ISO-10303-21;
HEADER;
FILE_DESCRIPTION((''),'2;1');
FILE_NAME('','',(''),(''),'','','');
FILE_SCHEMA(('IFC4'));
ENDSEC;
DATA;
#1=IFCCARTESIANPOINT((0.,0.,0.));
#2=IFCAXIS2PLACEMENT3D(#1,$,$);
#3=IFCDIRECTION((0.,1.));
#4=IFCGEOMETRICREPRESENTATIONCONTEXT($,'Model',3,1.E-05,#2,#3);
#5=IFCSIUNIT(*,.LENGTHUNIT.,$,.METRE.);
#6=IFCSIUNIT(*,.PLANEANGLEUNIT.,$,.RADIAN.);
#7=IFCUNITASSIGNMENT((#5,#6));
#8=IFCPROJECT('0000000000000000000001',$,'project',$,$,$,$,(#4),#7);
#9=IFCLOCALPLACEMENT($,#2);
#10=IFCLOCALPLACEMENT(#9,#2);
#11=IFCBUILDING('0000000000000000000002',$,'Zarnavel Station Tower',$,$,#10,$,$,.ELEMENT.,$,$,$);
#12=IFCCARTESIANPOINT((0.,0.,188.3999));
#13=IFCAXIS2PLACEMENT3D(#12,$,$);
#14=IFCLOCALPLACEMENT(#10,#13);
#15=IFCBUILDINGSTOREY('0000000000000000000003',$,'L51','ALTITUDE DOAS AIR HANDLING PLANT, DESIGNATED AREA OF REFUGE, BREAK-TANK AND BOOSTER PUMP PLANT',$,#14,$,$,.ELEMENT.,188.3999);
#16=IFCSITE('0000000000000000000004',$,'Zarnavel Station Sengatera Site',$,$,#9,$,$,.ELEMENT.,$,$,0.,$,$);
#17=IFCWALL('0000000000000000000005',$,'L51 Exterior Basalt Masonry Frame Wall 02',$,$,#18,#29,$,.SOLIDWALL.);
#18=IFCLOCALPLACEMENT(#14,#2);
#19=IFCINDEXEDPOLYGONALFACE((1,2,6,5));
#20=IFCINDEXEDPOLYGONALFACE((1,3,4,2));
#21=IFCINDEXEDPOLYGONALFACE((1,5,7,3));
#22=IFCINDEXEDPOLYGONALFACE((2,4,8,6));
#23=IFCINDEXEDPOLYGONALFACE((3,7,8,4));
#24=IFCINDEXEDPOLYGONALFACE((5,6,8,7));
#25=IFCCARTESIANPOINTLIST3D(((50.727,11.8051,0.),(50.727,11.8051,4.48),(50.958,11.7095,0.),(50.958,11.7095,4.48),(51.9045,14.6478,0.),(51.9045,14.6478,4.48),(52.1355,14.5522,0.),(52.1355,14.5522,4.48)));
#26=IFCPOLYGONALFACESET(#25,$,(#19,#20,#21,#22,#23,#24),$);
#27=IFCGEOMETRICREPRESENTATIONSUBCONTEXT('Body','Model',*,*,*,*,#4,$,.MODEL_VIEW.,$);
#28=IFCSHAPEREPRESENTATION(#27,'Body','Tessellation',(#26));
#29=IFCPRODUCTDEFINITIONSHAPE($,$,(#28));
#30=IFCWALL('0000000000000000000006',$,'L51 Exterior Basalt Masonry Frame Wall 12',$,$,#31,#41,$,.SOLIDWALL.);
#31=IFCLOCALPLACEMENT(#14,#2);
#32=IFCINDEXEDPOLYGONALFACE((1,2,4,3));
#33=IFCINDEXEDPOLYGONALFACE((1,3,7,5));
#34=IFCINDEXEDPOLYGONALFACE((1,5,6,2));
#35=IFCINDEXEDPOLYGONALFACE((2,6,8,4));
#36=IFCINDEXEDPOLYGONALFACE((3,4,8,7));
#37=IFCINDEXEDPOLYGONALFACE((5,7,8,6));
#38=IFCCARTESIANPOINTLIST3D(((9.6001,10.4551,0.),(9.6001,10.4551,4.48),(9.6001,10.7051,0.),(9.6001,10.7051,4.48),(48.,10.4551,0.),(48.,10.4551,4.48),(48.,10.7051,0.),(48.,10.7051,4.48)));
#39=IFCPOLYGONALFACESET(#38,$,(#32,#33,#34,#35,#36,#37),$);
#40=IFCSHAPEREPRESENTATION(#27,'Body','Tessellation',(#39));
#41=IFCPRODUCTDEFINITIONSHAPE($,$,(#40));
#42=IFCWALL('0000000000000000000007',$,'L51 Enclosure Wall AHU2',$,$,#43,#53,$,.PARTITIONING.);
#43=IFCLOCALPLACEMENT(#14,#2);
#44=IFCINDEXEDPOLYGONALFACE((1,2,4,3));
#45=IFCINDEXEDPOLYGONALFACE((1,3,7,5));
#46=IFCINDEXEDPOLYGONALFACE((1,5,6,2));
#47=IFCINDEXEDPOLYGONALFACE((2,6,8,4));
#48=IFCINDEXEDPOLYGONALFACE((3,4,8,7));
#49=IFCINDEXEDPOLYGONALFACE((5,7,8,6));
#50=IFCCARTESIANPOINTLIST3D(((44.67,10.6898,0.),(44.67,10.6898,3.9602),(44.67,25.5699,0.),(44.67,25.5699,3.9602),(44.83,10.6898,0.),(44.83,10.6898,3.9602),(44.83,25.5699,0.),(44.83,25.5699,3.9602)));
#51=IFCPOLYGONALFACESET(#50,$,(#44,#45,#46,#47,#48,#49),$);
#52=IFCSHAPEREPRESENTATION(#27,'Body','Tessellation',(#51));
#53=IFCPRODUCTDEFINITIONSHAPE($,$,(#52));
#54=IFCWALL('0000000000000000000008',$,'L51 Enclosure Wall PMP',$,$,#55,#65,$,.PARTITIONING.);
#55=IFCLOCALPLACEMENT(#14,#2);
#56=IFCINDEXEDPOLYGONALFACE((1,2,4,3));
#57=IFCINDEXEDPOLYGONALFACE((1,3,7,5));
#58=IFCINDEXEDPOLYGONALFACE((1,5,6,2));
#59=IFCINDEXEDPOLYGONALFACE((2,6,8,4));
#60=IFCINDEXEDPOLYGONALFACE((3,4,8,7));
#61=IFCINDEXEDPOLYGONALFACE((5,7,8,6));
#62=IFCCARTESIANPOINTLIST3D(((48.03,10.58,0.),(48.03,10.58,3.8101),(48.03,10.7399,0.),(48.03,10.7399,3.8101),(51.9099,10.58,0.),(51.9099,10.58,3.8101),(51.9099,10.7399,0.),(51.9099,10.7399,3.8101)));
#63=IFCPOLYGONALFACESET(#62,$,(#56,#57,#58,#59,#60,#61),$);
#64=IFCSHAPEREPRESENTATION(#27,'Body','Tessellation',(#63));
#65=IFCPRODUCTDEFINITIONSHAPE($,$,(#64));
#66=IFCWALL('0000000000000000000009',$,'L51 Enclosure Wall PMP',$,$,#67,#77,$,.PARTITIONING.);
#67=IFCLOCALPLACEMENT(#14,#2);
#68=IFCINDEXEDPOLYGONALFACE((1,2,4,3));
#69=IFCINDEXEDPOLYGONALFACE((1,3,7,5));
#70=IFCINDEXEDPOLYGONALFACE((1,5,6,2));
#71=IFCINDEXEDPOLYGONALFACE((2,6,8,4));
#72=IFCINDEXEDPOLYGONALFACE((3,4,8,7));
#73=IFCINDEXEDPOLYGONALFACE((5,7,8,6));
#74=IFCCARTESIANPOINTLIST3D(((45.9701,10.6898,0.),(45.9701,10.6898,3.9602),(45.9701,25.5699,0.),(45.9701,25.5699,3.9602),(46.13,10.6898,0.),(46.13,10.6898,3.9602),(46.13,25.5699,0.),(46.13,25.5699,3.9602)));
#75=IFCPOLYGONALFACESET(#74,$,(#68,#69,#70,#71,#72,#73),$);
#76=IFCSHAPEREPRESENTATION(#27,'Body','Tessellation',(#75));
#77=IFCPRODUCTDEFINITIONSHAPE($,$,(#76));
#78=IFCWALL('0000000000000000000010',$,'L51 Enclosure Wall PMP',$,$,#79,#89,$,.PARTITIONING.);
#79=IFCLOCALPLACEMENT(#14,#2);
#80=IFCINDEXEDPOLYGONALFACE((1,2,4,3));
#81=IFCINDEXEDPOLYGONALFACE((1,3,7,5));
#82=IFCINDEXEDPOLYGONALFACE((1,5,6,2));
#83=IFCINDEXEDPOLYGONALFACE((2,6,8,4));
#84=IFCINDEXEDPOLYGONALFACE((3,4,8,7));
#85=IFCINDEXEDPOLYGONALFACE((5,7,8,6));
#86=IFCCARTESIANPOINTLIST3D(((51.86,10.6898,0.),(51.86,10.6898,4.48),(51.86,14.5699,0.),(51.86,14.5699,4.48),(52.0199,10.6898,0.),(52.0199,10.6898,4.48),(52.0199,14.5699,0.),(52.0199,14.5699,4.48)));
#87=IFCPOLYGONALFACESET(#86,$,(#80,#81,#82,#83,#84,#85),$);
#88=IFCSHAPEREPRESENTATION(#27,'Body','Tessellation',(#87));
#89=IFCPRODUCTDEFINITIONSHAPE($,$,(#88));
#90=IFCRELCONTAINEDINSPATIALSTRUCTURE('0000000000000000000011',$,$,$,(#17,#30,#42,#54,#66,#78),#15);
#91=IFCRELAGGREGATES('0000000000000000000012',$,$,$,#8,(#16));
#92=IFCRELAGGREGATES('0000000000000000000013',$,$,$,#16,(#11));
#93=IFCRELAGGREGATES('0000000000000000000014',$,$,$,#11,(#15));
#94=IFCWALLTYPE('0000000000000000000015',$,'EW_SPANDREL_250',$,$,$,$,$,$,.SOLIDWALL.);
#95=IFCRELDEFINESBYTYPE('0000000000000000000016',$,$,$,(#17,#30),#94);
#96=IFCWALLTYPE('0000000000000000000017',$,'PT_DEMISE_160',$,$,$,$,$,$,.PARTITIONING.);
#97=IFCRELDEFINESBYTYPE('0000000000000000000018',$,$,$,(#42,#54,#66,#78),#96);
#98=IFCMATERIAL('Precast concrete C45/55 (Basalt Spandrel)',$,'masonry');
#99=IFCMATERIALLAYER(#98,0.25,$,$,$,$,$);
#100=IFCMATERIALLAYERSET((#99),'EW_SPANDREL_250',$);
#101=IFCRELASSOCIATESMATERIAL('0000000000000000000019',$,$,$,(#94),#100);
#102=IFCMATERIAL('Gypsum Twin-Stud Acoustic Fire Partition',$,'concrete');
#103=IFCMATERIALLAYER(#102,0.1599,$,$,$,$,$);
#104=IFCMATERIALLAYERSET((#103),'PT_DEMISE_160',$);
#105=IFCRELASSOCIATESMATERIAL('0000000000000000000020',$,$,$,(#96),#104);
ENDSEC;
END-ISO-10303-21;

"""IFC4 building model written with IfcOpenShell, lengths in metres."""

from ifc_helpers import new_model, si_unit, direction, frame, frame_2d, origin, place, context, subcontext, project, spatial, rectangle, extrude, material, layer, layer_set, type_object, element, save


model = new_model("IFC4")

# Units and contexts
model_context = context("Model", 3, precision=1e-05, world=origin(), true_north=direction((0.0, 1.0)))
body_context = subcontext(model_context, "Body", "Model", "MODEL_VIEW")
ifc_project = project(units=[si_unit("LENGTHUNIT", "METRE"), si_unit("PLANEANGLEUNIT", "RADIAN")], contexts=[model_context])

# Site, building, storey
site_placement = place(None, origin())
site = spatial("IfcSite", under=ifc_project, at=site_placement, Name="Zarnavel Station Sengatera Site", CompositionType="ELEMENT", RefElevation=0.0)
building_placement = place(site_placement, origin())
building = spatial("IfcBuilding", under=site, at=building_placement, Name="Zarnavel Station Tower", CompositionType="ELEMENT")
storey_placement = place(building_placement, frame((0.0, 0.0, 188.3999)))
storey = spatial("IfcBuildingStorey", under=building, at=storey_placement, Name="L51", Description="ALTITUDE DOAS AIR HANDLING PLANT, DESIGNATED AREA OF REFUGE, BREAK-TANK AND BOOSTER PUMP PLANT", CompositionType="ELEMENT", Elevation=188.3999)

# Walls
ifc_material_1 = material(Name="Precast concrete C45/55 (Basalt Spandrel)", Category="masonry")
ifc_layer_1 = layer(ifc_material_1, 0.25)
ifc_layer_set_1 = layer_set([ifc_layer_1], Name="EW_SPANDREL_250")
wall_type_1 = type_object("IfcWallType", Name="EW_SPANDREL_250", PredefinedType="SOLIDWALL", material=ifc_layer_set_1)
wall_1_placement = place(storey_placement, frame((52.02, 14.6001, 0.0), z_axis=(0.0, 0.0, 1.0), x_axis=(-0.382676, -0.923882, 0.0)))
element("IfcWall", 1, at=wall_1_placement, inside=storey, type_object=wall_type_1, Name="L51 Exterior Basalt Masonry Frame Wall 02", PredefinedType="SOLIDWALL", context=body_context, shape_type="SweptSolid", body=[
    extrude(rectangle(XDim=3.0769, YDim=0.25, at=frame_2d((1.5386, 0.0))), origin(), (0.0, 0.0, 1.0), 4.48),
])
wall_2_placement = place(storey_placement, frame((48.0, 10.5801, 0.0), z_axis=(0.0, 0.0, 1.0), x_axis=(-1.0, 0.0, 0.0)))
element("IfcWall", 2, at=wall_2_placement, inside=storey, type_object=wall_type_1, Name="L51 Exterior Basalt Masonry Frame Wall 12", PredefinedType="SOLIDWALL", context=body_context, shape_type="SweptSolid", body=[
    extrude(rectangle(XDim=38.3999, YDim=0.25, at=frame_2d((19.2, 0.0))), origin(), (0.0, 0.0, 1.0), 4.48),
])
ifc_material_2 = material(Name="Gypsum Twin-Stud Acoustic Fire Partition", Category="concrete")
ifc_layer_2 = layer(ifc_material_2, 0.1599)
ifc_layer_set_2 = layer_set([ifc_layer_2], Name="PT_DEMISE_160")
wall_type_2 = type_object("IfcWallType", Name="PT_DEMISE_160", PredefinedType="PARTITIONING", material=ifc_layer_set_2)
wall_3_placement = place(storey_placement, frame((44.75, 10.6899, 0.0), z_axis=(0.0, 0.0, 1.0), x_axis=(0.0, 1.0, 0.0)))
element("IfcWall", 3, at=wall_3_placement, inside=storey, type_object=wall_type_2, Name="L51 Enclosure Wall AHU2", PredefinedType="PARTITIONING", context=body_context, shape_type="SweptSolid", body=[
    extrude(rectangle(XDim=14.8801, YDim=0.1599, at=frame_2d((7.4399, 0.0))), origin(), (0.0, 0.0, 1.0), 3.9602),
])
wall_4_placement = place(storey_placement, frame((48.03, 10.6599, 0.0), z_axis=(0.0, 0.0, 1.0), x_axis=(1.0, 0.0, 0.0)))
element("IfcWall", 4, at=wall_4_placement, inside=storey, type_object=wall_type_2, Name="L51 Enclosure Wall PMP", PredefinedType="PARTITIONING", context=body_context, shape_type="SweptSolid", body=[
    extrude(rectangle(XDim=3.8799, YDim=0.1599, at=frame_2d((1.9399, 0.0))), origin(), (0.0, 0.0, 1.0), 3.8101),
])
wall_5_placement = place(storey_placement, frame((46.05, 10.6899, 0.0), z_axis=(0.0, 0.0, 1.0), x_axis=(0.0, 1.0, 0.0)))
element("IfcWall", 5, at=wall_5_placement, inside=storey, type_object=wall_type_2, Name="L51 Enclosure Wall PMP", PredefinedType="PARTITIONING", context=body_context, shape_type="SweptSolid", body=[
    extrude(rectangle(XDim=14.8801, YDim=0.1599, at=frame_2d((7.4399, 0.0))), origin(), (0.0, 0.0, 1.0), 3.9602),
])
wall_6_placement = place(storey_placement, frame((51.9399, 10.6899, 0.0), z_axis=(0.0, 0.0, 1.0), x_axis=(0.0, 1.0, 0.0)))
element("IfcWall", 6, at=wall_6_placement, inside=storey, type_object=wall_type_2, Name="L51 Enclosure Wall PMP", PredefinedType="PARTITIONING", context=body_context, shape_type="SweptSolid", body=[
    extrude(rectangle(XDim=3.8801, YDim=0.1599, at=frame_2d((1.9399, 0.0))), origin(), (0.0, 0.0, 1.0), 4.48),
])

save(model, "model.ifc")
